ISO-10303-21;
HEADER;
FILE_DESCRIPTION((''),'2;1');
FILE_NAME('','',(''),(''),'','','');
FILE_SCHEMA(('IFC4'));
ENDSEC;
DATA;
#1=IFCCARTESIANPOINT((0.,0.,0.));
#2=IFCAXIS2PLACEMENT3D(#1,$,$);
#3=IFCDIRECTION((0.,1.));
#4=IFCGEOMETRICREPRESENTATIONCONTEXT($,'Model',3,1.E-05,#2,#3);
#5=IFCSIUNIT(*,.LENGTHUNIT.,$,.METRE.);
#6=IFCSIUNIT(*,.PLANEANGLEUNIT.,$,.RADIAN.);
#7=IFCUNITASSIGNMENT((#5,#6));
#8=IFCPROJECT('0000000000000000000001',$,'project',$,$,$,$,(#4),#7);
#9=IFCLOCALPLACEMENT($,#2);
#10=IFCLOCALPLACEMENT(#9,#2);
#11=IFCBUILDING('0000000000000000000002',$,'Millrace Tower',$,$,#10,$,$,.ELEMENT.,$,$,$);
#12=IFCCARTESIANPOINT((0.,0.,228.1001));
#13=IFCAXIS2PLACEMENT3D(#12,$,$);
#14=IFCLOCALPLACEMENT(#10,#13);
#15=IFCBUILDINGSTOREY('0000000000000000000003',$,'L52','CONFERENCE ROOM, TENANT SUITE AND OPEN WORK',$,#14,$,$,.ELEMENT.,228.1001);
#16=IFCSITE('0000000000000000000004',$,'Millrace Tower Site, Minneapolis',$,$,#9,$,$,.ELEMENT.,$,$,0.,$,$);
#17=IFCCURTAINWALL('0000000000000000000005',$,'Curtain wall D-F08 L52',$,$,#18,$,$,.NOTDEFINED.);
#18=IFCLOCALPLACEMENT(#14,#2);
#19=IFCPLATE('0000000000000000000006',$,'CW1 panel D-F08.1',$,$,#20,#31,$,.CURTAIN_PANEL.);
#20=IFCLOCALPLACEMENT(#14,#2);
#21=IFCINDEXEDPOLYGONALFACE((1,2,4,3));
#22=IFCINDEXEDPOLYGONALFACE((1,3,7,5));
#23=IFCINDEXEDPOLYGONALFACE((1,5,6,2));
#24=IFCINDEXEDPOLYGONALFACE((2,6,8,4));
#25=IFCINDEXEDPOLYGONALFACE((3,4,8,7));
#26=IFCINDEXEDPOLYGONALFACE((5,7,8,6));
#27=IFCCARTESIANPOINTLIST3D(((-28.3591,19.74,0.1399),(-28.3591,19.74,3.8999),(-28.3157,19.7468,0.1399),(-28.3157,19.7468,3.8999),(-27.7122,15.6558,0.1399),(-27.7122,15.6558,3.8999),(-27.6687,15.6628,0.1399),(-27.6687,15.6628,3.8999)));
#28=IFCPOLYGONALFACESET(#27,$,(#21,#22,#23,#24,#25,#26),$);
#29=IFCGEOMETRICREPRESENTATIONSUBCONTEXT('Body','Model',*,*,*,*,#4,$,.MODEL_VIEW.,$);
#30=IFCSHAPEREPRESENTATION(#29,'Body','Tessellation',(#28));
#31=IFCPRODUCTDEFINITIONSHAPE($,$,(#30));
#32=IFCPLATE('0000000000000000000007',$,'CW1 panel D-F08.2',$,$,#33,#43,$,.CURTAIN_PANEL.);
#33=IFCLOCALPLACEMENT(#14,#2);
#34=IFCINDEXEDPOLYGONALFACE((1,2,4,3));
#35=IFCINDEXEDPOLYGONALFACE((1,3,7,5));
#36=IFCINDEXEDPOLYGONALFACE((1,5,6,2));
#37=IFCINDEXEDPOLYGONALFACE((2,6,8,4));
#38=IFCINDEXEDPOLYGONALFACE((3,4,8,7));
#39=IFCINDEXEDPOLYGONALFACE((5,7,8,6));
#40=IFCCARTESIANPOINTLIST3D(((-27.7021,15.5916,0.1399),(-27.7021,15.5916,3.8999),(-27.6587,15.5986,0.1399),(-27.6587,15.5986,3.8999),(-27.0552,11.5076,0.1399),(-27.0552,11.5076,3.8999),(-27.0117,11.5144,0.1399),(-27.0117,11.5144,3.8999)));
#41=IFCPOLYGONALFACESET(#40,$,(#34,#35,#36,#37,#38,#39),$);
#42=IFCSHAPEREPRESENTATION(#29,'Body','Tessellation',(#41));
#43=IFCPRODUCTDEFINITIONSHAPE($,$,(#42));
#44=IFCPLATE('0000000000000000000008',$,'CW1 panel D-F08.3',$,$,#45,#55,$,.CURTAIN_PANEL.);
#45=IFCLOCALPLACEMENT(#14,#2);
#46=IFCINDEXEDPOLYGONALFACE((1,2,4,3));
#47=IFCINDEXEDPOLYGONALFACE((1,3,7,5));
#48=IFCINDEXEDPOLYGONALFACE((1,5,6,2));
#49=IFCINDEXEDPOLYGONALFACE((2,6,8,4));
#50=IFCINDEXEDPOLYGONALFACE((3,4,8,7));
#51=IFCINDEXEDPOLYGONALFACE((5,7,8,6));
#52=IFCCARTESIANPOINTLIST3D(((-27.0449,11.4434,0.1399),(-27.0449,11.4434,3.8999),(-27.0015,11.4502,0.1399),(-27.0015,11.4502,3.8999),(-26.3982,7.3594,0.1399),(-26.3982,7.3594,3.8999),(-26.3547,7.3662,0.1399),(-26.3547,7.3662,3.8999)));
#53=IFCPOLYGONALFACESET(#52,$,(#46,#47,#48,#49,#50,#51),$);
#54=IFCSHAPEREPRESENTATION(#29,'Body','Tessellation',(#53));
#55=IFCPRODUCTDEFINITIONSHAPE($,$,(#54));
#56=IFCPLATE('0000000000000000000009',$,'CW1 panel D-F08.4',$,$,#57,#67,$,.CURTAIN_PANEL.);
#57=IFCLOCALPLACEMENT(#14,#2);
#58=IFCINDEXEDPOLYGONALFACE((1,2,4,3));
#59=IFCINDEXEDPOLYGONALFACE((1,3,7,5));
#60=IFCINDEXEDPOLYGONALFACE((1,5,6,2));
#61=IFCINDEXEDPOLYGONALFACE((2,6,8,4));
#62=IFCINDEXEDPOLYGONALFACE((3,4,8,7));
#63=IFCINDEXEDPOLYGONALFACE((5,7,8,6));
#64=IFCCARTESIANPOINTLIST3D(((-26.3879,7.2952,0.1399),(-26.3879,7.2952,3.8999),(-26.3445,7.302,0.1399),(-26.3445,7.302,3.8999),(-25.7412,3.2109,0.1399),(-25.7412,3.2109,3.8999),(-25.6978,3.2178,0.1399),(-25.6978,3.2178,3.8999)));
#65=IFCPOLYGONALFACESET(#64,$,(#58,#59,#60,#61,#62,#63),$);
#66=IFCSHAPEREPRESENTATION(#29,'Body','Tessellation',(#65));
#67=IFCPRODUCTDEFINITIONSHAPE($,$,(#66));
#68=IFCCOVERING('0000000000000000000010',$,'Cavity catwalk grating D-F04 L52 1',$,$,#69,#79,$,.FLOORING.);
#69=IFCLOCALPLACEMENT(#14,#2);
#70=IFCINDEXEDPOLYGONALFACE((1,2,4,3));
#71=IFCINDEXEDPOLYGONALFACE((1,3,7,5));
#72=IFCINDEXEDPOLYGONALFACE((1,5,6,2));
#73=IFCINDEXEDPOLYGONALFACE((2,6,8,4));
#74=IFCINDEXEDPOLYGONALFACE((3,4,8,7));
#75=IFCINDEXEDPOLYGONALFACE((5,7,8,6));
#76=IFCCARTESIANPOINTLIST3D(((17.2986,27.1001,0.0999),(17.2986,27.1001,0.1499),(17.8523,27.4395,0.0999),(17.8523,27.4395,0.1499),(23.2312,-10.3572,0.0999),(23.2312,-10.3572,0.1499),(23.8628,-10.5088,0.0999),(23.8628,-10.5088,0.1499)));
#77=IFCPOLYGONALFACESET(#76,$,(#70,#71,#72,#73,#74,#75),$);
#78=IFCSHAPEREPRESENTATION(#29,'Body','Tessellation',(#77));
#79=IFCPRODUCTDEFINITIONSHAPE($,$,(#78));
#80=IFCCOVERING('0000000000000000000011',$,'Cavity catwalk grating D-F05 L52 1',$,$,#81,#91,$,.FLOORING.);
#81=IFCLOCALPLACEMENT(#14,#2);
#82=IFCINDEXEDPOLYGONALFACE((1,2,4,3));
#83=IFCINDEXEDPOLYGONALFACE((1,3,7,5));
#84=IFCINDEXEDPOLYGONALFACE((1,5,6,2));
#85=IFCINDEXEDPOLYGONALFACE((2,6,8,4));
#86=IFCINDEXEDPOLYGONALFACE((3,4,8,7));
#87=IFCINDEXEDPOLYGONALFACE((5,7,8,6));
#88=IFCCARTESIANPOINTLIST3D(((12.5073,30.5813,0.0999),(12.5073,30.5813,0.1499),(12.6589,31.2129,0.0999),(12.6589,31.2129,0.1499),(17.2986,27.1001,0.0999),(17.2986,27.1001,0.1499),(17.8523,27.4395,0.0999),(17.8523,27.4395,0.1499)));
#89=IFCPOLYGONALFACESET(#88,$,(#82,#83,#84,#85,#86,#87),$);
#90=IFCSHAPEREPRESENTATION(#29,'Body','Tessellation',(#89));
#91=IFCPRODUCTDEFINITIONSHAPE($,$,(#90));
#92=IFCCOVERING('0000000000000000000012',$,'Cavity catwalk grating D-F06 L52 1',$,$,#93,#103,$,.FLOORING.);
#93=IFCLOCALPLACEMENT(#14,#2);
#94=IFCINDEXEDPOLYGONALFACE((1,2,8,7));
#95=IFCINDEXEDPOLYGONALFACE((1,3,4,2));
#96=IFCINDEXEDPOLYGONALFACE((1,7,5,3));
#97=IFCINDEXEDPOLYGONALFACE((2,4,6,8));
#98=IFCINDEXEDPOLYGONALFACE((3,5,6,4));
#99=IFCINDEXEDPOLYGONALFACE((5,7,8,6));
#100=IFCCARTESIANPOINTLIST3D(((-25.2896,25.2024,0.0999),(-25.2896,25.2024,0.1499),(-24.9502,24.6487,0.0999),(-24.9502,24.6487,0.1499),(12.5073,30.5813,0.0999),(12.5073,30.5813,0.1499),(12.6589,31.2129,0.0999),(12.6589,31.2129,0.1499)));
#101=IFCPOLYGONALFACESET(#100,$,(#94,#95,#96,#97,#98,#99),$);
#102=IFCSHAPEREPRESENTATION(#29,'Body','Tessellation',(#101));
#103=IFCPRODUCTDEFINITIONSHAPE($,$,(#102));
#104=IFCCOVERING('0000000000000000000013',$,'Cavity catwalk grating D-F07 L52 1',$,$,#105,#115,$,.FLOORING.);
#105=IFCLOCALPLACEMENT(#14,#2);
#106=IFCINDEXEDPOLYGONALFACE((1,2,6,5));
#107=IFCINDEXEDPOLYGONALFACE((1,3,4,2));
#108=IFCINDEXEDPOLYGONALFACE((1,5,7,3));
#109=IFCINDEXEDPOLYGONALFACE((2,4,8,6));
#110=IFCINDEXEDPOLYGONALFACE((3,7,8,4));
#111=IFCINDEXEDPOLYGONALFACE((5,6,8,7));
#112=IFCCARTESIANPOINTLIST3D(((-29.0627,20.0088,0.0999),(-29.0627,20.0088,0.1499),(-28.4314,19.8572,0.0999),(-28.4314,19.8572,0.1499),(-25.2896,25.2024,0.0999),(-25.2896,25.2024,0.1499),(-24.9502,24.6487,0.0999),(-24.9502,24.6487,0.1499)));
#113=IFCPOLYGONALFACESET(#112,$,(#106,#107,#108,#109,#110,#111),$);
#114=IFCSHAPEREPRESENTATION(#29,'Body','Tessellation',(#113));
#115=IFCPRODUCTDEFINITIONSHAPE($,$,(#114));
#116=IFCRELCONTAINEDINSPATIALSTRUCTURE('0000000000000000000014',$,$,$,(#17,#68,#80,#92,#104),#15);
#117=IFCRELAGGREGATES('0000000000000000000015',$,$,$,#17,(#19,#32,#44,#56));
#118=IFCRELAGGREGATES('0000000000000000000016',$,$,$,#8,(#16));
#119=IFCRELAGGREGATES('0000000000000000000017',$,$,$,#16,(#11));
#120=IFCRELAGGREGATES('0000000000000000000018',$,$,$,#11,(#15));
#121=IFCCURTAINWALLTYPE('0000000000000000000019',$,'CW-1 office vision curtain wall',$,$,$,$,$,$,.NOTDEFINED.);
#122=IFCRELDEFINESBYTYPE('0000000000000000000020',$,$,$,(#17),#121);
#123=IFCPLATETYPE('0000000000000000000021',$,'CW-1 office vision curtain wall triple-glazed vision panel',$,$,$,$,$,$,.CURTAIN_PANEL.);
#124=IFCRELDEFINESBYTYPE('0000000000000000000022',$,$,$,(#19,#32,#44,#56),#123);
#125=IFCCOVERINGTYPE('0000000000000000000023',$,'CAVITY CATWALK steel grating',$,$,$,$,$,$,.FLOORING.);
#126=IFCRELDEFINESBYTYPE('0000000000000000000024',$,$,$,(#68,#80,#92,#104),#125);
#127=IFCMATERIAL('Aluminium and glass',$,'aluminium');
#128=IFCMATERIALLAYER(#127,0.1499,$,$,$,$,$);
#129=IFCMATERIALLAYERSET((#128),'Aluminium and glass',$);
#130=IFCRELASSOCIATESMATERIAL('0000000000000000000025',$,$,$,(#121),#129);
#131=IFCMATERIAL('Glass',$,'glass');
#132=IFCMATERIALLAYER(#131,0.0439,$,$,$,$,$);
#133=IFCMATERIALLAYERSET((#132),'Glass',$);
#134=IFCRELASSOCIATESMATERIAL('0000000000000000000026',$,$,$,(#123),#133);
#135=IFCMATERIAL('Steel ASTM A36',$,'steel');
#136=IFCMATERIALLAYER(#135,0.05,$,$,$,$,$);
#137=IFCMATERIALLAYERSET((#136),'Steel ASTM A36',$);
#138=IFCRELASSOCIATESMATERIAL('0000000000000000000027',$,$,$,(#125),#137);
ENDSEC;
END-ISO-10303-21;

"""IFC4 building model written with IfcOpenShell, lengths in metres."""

from ifc_helpers import new_model, si_unit, direction, frame, origin, place, context, subcontext, project, spatial, polyline, outline, extrude, material, layer, layer_set, type_object, element, aggregate, save


model = new_model("IFC4")

# Units and contexts
model_context = context("Model", 3, precision=1e-05, world=origin(), true_north=direction((0.0, 1.0)))
body_context = subcontext(model_context, "Body", "Model", "MODEL_VIEW")
ifc_project = project(units=[si_unit("LENGTHUNIT", "METRE"), si_unit("PLANEANGLEUNIT", "RADIAN")], contexts=[model_context])

# Site, building, storey
site_placement = place(None, origin())
site = spatial("IfcSite", under=ifc_project, at=site_placement, Name="Millrace Tower Site, Minneapolis", CompositionType="ELEMENT", RefElevation=0.0)
building_placement = place(site_placement, origin())
building = spatial("IfcBuilding", under=site, at=building_placement, Name="Millrace Tower", CompositionType="ELEMENT")
storey_placement = place(building_placement, frame((0.0, 0.0, 228.1001)))
storey = spatial("IfcBuildingStorey", under=building, at=storey_placement, Name="L52", Description="CONFERENCE ROOM, TENANT SUITE AND OPEN WORK", CompositionType="ELEMENT", Elevation=228.1001)

# Shared definitions
ifc_material_1 = material(Name="Aluminium and glass", Category="aluminium")
ifc_layer_1 = layer(ifc_material_1, 0.1499)
ifc_layer_set_1 = layer_set([ifc_layer_1], Name="Aluminium and glass")
curtain_wall_type = type_object("IfcCurtainWallType", Name="CW-1 office vision curtain wall", PredefinedType="NOTDEFINED", material=ifc_layer_set_1)
placement_1 = place(storey_placement, origin())
ifc_material_2 = material(Name="Glass", Category="glass")
ifc_layer_2 = layer(ifc_material_2, 0.0439)
ifc_layer_set_2 = layer_set([ifc_layer_2], Name="Glass")
plate_type = type_object("IfcPlateType", Name="CW-1 office vision curtain wall triple-glazed vision panel", PredefinedType="CURTAIN_PANEL", material=ifc_layer_set_2)
placement_2 = place(storey_placement, frame((0.0, 0.0, 0.1399)))

# Curtain wall, plates
curtain_wall_1 = element("IfcCurtainWall", 1, at=placement_1, inside=storey, type_object=curtain_wall_type, Name="Curtain wall D-F08 L52", PredefinedType="NOTDEFINED")
plate_1 = element("IfcPlate", 2, at=placement_2, type_object=plate_type, Name="CW1 panel D-F08.1", PredefinedType="CURTAIN_PANEL", context=body_context, shape_type="SweptSolid", body=[
    extrude(outline(polyline([(-28.3591, 19.74), (-27.7122, 15.6558), (-27.6687, 15.6628), (-28.3157, 19.7468), (-28.3591, 19.74)])), origin(), (0.0, 0.0, 1.0), 3.76),
])
plate_2 = element("IfcPlate", 3, at=placement_2, type_object=plate_type, Name="CW1 panel D-F08.2", PredefinedType="CURTAIN_PANEL", context=body_context, shape_type="SweptSolid", body=[
    extrude(outline(polyline([(-27.7021, 15.5916), (-27.0552, 11.5076), (-27.0117, 11.5144), (-27.6587, 15.5986), (-27.7021, 15.5916)])), origin(), (0.0, 0.0, 1.0), 3.76),
])
plate_3 = element("IfcPlate", 4, at=placement_2, type_object=plate_type, Name="CW1 panel D-F08.3", PredefinedType="CURTAIN_PANEL", context=body_context, shape_type="SweptSolid", body=[
    extrude(outline(polyline([(-27.0449, 11.4434), (-26.3982, 7.3594), (-26.3547, 7.3662), (-27.0015, 11.4502), (-27.0449, 11.4434)])), origin(), (0.0, 0.0, 1.0), 3.76),
])
plate_4 = element("IfcPlate", 5, at=placement_2, type_object=plate_type, Name="CW1 panel D-F08.4", PredefinedType="CURTAIN_PANEL", context=body_context, shape_type="SweptSolid", body=[
    extrude(outline(polyline([(-26.3879, 7.2952), (-25.7412, 3.2109), (-25.6978, 3.2178), (-26.3445, 7.302), (-26.3879, 7.2952)])), origin(), (0.0, 0.0, 1.0), 3.76),
])
aggregate(curtain_wall_1, [plate_1, plate_2, plate_3, plate_4])

# Coverings
ifc_material_3 = material(Name="Steel ASTM A36", Category="steel")
ifc_layer_3 = layer(ifc_material_3, 0.05)
ifc_layer_set_3 = layer_set([ifc_layer_3], Name="Steel ASTM A36")
covering_type = type_object("IfcCoveringType", Name="CAVITY CATWALK steel grating", PredefinedType="FLOORING", material=ifc_layer_set_3)
placement_3 = place(storey_placement, frame((0.0, 0.0, 0.0999)))
element("IfcCovering", 6, at=placement_3, inside=storey, type_object=covering_type, Name="Cavity catwalk grating D-F04 L52 1", PredefinedType="FLOORING", context=body_context, shape_type="SweptSolid", body=[
    extrude(outline(polyline([(23.8628, -10.5088), (17.8523, 27.4395), (17.2986, 27.1001), (23.2312, -10.3572), (23.8628, -10.5088)])), origin(), (0.0, 0.0, 1.0), 0.05),
])
element("IfcCovering", 7, at=placement_3, inside=storey, type_object=covering_type, Name="Cavity catwalk grating D-F05 L52 1", PredefinedType="FLOORING", context=body_context, shape_type="SweptSolid", body=[
    extrude(outline(polyline([(17.8523, 27.4395), (12.6589, 31.2129), (12.5073, 30.5813), (17.2986, 27.1001), (17.8523, 27.4395)])), origin(), (0.0, 0.0, 1.0), 0.05),
])
element("IfcCovering", 8, at=placement_3, inside=storey, type_object=covering_type, Name="Cavity catwalk grating D-F06 L52 1", PredefinedType="FLOORING", context=body_context, shape_type="SweptSolid", body=[
    extrude(outline(polyline([(12.6589, 31.2129), (-25.2896, 25.2024), (-24.9502, 24.6487), (12.5073, 30.5813), (12.6589, 31.2129)])), origin(), (0.0, 0.0, 1.0), 0.05),
])
element("IfcCovering", 9, at=placement_3, inside=storey, type_object=covering_type, Name="Cavity catwalk grating D-F07 L52 1", PredefinedType="FLOORING", context=body_context, shape_type="SweptSolid", body=[
    extrude(outline(polyline([(-25.2896, 25.2024), (-29.0627, 20.0088), (-28.4314, 19.8572), (-24.9502, 24.6487), (-25.2896, 25.2024)])), origin(), (0.0, 0.0, 1.0), 0.05),
])

save(model, "model.ifc")
